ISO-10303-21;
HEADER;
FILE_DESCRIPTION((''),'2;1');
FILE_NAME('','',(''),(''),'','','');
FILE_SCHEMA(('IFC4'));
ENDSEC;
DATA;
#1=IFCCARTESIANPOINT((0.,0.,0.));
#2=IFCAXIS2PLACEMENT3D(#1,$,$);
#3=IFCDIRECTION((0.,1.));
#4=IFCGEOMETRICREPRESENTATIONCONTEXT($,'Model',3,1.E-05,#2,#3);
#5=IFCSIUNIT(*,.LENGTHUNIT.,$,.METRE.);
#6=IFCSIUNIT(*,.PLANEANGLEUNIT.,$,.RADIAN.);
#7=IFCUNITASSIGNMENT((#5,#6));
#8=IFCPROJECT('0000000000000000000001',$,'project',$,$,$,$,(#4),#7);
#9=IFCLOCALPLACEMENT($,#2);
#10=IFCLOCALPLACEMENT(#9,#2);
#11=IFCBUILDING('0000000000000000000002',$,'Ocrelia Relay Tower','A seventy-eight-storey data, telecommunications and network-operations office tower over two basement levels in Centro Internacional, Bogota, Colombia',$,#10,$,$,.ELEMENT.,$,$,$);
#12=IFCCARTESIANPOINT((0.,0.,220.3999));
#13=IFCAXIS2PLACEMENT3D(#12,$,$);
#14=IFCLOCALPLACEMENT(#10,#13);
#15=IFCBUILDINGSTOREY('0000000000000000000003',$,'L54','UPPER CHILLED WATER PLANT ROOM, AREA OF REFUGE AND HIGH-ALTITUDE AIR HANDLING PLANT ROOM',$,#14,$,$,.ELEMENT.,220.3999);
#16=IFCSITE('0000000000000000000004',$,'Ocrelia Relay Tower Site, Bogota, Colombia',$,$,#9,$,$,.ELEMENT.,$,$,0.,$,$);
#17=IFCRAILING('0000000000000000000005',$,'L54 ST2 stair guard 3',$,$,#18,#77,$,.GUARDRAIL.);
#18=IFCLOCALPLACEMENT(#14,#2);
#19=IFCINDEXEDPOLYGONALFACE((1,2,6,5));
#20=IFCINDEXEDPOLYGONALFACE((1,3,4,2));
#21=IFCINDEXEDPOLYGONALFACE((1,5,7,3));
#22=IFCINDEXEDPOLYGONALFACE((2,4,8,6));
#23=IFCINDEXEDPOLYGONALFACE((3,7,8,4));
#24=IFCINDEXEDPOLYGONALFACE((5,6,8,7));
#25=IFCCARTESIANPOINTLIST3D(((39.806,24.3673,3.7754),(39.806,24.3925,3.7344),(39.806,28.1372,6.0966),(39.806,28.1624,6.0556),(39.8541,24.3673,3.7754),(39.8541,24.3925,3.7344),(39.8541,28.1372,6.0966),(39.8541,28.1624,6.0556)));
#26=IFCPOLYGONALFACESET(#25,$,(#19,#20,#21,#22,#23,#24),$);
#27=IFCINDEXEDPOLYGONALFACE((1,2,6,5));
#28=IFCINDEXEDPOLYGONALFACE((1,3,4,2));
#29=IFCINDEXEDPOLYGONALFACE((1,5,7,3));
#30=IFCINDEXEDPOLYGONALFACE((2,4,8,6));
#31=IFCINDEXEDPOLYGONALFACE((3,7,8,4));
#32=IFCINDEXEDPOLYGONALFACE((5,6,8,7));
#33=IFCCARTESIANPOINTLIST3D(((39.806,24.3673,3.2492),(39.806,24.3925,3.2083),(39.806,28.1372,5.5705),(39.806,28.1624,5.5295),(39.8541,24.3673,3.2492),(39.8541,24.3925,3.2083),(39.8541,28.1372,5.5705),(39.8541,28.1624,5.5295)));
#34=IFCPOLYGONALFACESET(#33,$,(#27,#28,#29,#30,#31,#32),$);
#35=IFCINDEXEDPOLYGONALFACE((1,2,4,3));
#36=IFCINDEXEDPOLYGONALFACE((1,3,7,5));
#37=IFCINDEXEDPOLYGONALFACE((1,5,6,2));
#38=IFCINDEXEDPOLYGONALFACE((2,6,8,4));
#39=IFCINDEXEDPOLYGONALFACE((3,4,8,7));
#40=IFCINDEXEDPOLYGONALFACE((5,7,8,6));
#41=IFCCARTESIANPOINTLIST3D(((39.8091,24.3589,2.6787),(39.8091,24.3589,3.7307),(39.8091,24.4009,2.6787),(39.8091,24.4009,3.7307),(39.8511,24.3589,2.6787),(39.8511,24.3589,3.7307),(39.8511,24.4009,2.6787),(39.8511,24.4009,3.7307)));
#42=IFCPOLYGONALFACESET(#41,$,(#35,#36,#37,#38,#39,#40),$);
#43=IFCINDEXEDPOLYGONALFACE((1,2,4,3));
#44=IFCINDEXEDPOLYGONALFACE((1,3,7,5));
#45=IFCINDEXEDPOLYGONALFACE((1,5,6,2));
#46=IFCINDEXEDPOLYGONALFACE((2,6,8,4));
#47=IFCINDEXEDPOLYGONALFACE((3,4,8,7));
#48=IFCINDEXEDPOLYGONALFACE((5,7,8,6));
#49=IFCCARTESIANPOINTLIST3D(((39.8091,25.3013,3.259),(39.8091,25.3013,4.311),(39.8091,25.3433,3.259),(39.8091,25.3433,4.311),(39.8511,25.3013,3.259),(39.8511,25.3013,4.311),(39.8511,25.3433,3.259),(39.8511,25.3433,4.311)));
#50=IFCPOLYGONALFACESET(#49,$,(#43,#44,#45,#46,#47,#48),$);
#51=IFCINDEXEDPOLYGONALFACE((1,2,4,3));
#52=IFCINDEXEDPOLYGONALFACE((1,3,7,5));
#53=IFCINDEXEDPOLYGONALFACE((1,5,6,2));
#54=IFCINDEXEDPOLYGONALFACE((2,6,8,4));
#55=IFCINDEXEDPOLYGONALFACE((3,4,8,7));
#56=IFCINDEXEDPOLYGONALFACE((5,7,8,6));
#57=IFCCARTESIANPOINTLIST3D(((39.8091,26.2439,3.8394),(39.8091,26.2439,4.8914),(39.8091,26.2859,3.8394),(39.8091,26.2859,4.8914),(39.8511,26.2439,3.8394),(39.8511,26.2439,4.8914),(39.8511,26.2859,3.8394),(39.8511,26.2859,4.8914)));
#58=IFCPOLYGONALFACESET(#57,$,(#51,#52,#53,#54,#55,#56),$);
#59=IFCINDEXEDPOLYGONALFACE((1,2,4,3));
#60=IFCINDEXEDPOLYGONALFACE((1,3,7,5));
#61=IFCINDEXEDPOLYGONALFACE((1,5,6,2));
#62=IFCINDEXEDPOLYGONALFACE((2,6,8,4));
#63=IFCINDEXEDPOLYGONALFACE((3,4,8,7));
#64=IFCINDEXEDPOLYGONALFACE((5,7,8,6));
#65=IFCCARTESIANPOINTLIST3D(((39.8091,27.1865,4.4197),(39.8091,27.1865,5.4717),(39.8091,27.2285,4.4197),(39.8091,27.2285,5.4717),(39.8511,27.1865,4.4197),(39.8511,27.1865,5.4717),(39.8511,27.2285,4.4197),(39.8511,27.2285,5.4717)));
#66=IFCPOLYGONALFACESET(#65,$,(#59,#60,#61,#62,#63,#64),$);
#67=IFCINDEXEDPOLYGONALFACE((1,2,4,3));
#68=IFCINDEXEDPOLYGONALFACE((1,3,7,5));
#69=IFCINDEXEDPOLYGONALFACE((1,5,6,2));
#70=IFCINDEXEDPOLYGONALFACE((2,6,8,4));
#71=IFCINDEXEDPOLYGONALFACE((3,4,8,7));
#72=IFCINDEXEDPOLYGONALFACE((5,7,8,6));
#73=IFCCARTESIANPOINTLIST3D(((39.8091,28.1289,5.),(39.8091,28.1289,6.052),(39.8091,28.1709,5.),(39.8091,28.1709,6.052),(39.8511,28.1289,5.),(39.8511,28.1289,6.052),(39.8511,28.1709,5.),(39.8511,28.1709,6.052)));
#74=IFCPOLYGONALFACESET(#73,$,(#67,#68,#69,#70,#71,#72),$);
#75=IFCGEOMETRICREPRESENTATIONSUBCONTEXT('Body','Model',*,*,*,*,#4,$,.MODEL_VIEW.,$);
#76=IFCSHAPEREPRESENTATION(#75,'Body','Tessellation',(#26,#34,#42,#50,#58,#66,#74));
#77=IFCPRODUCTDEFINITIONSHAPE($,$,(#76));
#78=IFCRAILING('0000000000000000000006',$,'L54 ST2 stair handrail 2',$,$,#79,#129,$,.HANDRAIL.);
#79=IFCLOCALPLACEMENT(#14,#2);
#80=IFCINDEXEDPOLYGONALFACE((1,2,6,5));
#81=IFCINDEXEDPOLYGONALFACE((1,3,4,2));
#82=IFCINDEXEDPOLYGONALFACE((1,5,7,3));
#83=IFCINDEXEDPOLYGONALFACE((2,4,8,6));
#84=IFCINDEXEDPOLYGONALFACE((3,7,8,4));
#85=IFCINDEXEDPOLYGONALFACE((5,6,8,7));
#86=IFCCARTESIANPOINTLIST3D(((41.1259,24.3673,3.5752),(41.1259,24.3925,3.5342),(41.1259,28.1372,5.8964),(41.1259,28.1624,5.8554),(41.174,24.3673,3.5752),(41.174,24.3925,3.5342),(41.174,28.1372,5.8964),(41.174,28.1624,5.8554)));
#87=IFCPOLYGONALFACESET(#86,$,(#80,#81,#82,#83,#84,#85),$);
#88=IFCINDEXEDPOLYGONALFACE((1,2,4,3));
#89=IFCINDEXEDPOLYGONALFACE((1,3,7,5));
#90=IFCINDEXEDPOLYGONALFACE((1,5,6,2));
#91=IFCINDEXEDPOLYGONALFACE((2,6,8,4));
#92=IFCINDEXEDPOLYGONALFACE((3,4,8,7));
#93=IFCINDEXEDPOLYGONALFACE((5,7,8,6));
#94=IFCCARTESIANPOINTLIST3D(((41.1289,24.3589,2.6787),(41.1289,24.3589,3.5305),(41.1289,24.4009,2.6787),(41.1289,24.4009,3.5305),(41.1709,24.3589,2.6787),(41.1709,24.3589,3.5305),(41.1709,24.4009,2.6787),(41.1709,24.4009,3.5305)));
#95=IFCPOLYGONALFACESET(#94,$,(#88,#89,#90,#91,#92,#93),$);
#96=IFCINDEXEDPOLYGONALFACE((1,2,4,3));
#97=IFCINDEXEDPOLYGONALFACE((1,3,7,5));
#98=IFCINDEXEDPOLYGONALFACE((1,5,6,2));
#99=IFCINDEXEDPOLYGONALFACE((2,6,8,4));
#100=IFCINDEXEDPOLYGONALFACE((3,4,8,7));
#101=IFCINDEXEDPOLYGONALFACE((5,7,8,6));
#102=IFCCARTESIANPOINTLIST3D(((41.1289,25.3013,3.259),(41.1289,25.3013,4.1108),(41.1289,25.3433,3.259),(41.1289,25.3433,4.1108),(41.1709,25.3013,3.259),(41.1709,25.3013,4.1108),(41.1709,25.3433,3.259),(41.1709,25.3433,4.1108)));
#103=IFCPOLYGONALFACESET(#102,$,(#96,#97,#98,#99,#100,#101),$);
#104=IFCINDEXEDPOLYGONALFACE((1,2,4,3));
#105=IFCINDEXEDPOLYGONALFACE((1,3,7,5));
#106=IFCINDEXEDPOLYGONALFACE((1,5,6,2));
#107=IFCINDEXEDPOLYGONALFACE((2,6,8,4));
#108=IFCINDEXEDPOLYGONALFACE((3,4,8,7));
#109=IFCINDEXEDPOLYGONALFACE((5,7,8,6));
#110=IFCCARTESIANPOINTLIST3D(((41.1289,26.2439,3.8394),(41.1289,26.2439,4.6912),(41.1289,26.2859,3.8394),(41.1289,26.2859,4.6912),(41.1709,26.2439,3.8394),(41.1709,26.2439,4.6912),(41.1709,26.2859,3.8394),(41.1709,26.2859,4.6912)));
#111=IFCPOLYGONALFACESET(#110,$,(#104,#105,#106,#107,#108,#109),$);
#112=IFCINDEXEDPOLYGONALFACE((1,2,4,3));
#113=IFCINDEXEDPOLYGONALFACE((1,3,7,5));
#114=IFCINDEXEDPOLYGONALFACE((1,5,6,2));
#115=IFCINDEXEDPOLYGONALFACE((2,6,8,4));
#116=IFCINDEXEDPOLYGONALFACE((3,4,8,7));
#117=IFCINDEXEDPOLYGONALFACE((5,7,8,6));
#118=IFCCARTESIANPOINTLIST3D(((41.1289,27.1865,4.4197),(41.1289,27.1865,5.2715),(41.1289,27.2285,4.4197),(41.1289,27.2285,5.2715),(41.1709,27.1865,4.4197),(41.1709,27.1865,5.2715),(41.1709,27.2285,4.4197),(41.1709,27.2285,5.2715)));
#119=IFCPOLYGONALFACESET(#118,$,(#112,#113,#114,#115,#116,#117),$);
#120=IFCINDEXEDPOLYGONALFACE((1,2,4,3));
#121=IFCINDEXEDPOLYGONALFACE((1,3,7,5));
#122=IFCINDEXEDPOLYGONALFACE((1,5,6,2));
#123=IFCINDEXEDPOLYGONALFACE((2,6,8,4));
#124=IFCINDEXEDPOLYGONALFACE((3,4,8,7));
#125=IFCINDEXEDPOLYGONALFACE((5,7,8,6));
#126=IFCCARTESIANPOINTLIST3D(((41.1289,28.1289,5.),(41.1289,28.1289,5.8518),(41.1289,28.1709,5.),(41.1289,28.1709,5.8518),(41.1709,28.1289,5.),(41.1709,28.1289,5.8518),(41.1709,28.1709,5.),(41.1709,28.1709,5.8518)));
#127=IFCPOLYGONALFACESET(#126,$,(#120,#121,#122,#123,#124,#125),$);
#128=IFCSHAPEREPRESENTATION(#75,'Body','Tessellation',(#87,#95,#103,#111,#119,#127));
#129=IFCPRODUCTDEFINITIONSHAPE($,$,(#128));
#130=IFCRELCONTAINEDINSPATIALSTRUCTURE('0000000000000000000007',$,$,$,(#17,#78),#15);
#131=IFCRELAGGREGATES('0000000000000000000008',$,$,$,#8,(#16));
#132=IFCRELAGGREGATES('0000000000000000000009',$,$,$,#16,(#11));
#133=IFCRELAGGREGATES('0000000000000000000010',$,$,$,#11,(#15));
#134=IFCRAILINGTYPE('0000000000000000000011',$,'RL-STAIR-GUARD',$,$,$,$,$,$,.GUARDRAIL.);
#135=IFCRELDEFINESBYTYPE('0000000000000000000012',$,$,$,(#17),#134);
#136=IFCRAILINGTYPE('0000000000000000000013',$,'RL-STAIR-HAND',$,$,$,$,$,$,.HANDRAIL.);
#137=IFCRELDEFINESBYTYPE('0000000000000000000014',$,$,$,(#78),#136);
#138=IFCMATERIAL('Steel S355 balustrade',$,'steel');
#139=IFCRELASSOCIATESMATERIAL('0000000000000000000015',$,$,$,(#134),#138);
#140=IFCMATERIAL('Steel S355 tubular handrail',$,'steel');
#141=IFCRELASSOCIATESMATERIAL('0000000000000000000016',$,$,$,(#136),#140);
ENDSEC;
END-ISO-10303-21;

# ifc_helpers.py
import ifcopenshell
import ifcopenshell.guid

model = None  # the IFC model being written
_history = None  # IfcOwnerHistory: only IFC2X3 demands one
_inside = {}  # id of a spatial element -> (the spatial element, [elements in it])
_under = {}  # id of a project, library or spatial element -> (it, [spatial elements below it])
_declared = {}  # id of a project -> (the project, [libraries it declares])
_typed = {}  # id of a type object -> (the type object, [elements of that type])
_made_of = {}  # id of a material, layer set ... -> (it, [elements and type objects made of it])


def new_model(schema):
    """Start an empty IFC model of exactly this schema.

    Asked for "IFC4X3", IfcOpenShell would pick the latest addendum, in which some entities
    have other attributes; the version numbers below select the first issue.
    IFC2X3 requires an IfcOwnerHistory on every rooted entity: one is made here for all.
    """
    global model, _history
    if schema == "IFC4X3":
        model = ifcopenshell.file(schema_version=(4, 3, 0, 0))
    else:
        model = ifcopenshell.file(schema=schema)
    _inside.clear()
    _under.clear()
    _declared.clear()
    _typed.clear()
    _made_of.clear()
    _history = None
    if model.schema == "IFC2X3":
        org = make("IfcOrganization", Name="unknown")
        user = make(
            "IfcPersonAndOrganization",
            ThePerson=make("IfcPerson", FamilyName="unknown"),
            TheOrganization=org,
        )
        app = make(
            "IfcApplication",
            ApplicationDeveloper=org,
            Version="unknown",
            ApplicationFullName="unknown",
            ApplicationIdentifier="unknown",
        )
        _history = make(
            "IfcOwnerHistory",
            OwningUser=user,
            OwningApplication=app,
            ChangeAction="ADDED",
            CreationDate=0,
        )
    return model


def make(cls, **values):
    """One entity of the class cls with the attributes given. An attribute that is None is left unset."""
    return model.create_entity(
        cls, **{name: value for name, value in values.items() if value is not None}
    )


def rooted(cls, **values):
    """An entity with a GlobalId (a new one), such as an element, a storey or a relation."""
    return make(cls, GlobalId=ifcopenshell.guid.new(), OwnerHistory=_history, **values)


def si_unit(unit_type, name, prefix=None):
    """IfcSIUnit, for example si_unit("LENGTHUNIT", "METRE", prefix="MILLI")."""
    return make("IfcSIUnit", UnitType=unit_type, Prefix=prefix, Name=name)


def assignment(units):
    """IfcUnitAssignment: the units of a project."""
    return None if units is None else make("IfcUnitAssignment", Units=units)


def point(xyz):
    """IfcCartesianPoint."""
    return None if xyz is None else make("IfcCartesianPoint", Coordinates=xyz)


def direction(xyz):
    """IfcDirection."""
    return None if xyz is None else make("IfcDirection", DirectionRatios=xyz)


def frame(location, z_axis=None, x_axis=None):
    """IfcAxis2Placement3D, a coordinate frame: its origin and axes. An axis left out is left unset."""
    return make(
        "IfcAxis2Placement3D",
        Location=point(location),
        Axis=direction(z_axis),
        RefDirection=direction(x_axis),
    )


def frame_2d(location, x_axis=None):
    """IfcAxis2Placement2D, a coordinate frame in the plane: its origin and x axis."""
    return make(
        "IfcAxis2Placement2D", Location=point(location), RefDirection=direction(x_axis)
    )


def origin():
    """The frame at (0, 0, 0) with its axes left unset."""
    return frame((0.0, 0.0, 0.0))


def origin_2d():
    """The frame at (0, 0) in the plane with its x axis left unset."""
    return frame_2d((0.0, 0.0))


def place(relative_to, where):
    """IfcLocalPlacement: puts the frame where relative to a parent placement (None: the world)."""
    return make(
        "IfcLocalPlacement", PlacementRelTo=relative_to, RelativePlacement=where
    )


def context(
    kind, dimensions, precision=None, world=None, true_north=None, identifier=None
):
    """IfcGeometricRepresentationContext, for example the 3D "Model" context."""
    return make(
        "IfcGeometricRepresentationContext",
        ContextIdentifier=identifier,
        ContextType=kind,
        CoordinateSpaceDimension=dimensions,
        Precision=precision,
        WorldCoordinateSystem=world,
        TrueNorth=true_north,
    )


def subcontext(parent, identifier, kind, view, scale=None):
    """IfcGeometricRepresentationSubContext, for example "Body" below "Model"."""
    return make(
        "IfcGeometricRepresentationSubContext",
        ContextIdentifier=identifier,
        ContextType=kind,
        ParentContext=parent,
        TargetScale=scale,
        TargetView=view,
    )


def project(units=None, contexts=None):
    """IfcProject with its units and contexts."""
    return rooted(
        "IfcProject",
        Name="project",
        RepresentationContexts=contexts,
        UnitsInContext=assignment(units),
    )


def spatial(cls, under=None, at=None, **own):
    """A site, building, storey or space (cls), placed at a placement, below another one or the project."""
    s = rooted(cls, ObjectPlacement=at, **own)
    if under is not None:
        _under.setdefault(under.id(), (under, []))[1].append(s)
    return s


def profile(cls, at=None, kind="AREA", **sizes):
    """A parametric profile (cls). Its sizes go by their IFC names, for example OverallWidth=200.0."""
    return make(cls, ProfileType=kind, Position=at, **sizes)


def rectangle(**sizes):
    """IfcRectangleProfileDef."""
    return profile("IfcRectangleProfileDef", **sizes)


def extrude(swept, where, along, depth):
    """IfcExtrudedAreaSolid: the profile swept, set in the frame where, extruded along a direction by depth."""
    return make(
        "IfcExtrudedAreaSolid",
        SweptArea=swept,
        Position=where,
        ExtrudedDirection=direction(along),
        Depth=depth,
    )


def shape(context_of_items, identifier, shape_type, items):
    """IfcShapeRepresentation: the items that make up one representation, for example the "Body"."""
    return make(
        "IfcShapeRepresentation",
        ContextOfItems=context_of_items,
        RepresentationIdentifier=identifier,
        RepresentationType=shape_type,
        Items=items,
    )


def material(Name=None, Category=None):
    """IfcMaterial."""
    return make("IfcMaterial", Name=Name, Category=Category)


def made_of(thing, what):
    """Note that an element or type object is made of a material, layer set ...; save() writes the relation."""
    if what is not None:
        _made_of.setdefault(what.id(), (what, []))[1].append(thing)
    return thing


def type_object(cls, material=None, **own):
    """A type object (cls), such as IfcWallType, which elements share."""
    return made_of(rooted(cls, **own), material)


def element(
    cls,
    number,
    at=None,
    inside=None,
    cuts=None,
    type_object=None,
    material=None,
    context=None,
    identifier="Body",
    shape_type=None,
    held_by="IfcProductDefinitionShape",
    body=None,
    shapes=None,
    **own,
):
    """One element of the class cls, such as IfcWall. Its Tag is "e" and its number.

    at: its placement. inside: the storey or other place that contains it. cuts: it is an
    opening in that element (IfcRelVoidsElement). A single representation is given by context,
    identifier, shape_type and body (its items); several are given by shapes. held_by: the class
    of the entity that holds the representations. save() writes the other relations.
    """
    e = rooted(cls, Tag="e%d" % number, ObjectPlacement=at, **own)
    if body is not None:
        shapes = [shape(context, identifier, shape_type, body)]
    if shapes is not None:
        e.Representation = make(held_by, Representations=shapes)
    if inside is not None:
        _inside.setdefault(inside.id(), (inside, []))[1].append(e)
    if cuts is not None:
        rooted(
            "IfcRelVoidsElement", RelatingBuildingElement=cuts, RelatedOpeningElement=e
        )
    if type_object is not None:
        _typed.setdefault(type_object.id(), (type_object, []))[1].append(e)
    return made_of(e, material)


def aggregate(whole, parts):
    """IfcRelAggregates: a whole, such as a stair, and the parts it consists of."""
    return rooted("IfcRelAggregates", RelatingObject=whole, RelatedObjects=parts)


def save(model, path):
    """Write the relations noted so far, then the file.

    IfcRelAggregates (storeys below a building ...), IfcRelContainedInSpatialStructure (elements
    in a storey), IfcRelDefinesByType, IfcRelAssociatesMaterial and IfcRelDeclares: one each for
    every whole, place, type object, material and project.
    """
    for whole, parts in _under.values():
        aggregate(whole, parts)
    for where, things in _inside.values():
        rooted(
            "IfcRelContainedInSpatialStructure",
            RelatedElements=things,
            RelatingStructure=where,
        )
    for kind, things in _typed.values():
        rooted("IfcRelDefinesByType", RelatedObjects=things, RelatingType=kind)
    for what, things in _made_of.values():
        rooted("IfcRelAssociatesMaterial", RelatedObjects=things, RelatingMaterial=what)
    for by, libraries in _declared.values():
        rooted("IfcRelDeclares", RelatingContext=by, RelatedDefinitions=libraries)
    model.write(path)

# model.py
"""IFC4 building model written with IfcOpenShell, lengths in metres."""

from ifc_helpers import new_model, si_unit, direction, frame, origin, origin_2d, place, context, subcontext, project, spatial, rectangle, extrude, material, type_object, element, save


model = new_model("IFC4")

# Units and contexts
model_context = context("Model", 3, precision=1e-05, world=origin(), true_north=direction((0.0, 1.0)))
body_context = subcontext(model_context, "Body", "Model", "MODEL_VIEW")
ifc_project = project(units=[si_unit("LENGTHUNIT", "METRE"), si_unit("PLANEANGLEUNIT", "RADIAN")], contexts=[model_context])

# Site, building, storey
site_placement = place(None, origin())
site = spatial("IfcSite", under=ifc_project, at=site_placement, Name="Ocrelia Relay Tower Site, Bogota, Colombia", CompositionType="ELEMENT", RefElevation=0.0)
building_placement = place(site_placement, origin())
building = spatial("IfcBuilding", under=site, at=building_placement, Name="Ocrelia Relay Tower", Description="A seventy-eight-storey data, telecommunications and network-operations office tower over two basement levels in Centro Internacional, Bogota, Colombia", CompositionType="ELEMENT")
storey_placement = place(building_placement, frame((0.0, 0.0, 220.3999)))
storey = spatial("IfcBuildingStorey", under=building, at=storey_placement, Name="L54", Description="UPPER CHILLED WATER PLANT ROOM, AREA OF REFUGE AND HIGH-ALTITUDE AIR HANDLING PLANT ROOM", CompositionType="ELEMENT", Elevation=220.3999)

# Railings
ifc_material_1 = material(Name="Steel S355 balustrade", Category="steel")
railing_type_1 = type_object("IfcRailingType", Name="RL-STAIR-GUARD", PredefinedType="GUARDRAIL", material=ifc_material_1)
railing_1_placement = place(storey_placement, frame((39.8301, 24.3799, 2.6787)))
element("IfcRailing", 1, at=railing_1_placement, inside=storey, type_object=railing_type_1, Name="L54 ST2 stair guard 3", PredefinedType="GUARDRAIL", context=body_context, shape_type="SweptSolid", body=[
    extrude(rectangle(XDim=0.0481, YDim=0.0481, at=origin_2d()), frame((0.0, 0.0, 1.0762), z_axis=(0.0, 0.85153, 0.524307), x_axis=(-1.0, 0.0, 0.0)), (0.0, 0.0, 1.0), 4.4272),
    extrude(rectangle(XDim=0.0481, YDim=0.0481, at=origin_2d()), frame((0.0, 0.0, 0.55), z_axis=(0.0, 0.85153, 0.524307), x_axis=(-1.0, 0.0, 0.0)), (0.0, 0.0, 1.0), 4.4272),
    extrude(rectangle(XDim=0.042, YDim=0.042, at=origin_2d()), origin(), (0.0, 0.0, 1.0), 1.052),
    extrude(rectangle(XDim=0.042, YDim=0.042, at=origin_2d()), frame((0.0, 0.9424, 0.5803)), (0.0, 0.0, 1.0), 1.052),
    extrude(rectangle(XDim=0.042, YDim=0.042, at=origin_2d()), frame((0.0, 1.885, 1.1606)), (0.0, 0.0, 1.0), 1.052),
    extrude(rectangle(XDim=0.042, YDim=0.042, at=origin_2d()), frame((0.0, 2.8276, 1.741)), (0.0, 0.0, 1.0), 1.052),
    extrude(rectangle(XDim=0.042, YDim=0.042, at=origin_2d()), frame((0.0, 3.77, 2.3213)), (0.0, 0.0, 1.0), 1.052),
])
ifc_material_2 = material(Name="Steel S355 tubular handrail", Category="steel")
railing_type_2 = type_object("IfcRailingType", Name="RL-STAIR-HAND", PredefinedType="HANDRAIL", material=ifc_material_2)
railing_2_placement = place(storey_placement, frame((41.1499, 24.3799, 2.6787)))
element("IfcRailing", 2, at=railing_2_placement, inside=storey, type_object=railing_type_2, Name="L54 ST2 stair handrail 2", PredefinedType="HANDRAIL", context=body_context, shape_type="SweptSolid", body=[
    extrude(rectangle(XDim=0.0481, YDim=0.0481, at=origin_2d()), frame((0.0, 0.0, 0.876), z_axis=(0.0, 0.85153, 0.524307), x_axis=(-1.0, 0.0, 0.0)), (0.0, 0.0, 1.0), 4.4272),
    extrude(rectangle(XDim=0.042, YDim=0.042, at=origin_2d()), origin(), (0.0, 0.0, 1.0), 0.8518),
    extrude(rectangle(XDim=0.042, YDim=0.042, at=origin_2d()), frame((0.0, 0.9424, 0.5803)), (0.0, 0.0, 1.0), 0.8518),
    extrude(rectangle(XDim=0.042, YDim=0.042, at=origin_2d()), frame((0.0, 1.885, 1.1606)), (0.0, 0.0, 1.0), 0.8518),
    extrude(rectangle(XDim=0.042, YDim=0.042, at=origin_2d()), frame((0.0, 2.8276, 1.741)), (0.0, 0.0, 1.0), 0.8518),
    extrude(rectangle(XDim=0.042, YDim=0.042, at=origin_2d()), frame((0.0, 3.77, 2.3213)), (0.0, 0.0, 1.0), 0.8518),
])

save(model, "model.ifc")
